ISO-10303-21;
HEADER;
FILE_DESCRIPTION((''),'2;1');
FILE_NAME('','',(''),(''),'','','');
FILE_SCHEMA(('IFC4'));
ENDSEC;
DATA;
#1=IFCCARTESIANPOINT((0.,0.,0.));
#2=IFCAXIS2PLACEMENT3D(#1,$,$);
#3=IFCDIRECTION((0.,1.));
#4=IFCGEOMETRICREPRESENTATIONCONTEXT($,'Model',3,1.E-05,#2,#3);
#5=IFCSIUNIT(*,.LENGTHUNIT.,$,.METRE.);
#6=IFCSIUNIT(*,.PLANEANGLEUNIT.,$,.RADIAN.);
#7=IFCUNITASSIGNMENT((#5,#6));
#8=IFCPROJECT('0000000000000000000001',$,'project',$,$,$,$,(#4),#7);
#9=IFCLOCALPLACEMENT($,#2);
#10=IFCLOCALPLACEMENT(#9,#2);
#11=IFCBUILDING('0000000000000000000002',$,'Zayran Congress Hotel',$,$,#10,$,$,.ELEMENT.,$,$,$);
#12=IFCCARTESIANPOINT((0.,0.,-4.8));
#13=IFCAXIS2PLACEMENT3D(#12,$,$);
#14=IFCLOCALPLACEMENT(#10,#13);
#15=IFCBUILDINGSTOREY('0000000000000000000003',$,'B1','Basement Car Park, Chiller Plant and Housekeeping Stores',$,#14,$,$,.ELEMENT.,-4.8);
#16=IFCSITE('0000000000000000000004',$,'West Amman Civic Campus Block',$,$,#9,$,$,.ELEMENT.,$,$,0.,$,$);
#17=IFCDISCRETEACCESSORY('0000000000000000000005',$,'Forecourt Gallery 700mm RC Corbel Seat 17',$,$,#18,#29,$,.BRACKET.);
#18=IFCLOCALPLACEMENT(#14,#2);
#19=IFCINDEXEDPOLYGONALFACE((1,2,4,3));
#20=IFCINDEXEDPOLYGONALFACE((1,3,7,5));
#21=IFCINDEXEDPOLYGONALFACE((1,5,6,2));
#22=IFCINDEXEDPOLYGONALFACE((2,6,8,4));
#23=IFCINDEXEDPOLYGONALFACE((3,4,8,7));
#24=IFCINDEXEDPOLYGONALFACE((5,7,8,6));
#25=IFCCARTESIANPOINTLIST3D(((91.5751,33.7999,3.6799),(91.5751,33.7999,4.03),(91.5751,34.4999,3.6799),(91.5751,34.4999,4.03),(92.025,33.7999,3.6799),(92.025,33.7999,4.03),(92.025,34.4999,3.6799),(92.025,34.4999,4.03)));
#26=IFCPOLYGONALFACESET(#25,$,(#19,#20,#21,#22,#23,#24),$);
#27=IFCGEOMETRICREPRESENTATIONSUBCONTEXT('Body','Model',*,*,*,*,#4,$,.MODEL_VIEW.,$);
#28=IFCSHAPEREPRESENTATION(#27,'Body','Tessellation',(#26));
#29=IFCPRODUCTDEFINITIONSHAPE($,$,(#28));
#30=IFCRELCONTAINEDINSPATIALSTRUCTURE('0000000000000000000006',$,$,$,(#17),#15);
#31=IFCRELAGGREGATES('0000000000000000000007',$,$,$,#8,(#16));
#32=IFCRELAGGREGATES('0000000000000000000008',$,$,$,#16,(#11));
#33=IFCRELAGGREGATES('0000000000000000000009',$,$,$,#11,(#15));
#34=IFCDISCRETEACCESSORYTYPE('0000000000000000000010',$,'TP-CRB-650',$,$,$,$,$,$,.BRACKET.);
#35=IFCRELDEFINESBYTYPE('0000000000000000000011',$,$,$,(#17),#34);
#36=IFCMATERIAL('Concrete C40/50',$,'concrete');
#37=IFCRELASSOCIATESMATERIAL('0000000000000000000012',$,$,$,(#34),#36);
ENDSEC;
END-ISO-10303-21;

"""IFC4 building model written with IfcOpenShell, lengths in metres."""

from ifc_helpers import new_model, si_unit, direction, frame, origin, origin_2d, place, context, subcontext, project, spatial, rectangle, extrude, material, type_object, element, save


model = new_model("IFC4")

# Units and contexts
model_context = context("Model", 3, precision=1e-05, world=origin(), true_north=direction((0.0, 1.0)))
body_context = subcontext(model_context, "Body", "Model", "MODEL_VIEW")
ifc_project = project(units=[si_unit("LENGTHUNIT", "METRE"), si_unit("PLANEANGLEUNIT", "RADIAN")], contexts=[model_context])

# Site, building, storey
site_placement = place(None, origin())
site = spatial("IfcSite", under=ifc_project, at=site_placement, Name="West Amman Civic Campus Block", CompositionType="ELEMENT", RefElevation=0.0)
building_placement = place(site_placement, origin())
building = spatial("IfcBuilding", under=site, at=building_placement, Name="Zayran Congress Hotel", CompositionType="ELEMENT")
storey_placement = place(building_placement, frame((0.0, 0.0, -4.8)))
storey = spatial("IfcBuildingStorey", under=building, at=storey_placement, Name="B1", Description="Basement Car Park, Chiller Plant and Housekeeping Stores", CompositionType="ELEMENT", Elevation=-4.8)

# Shared definitions
ifc_material_1 = material(Name="Concrete C40/50", Category="concrete")

# Discrete accessory
discrete_accessory_type = type_object("IfcDiscreteAccessoryType", Name="TP-CRB-650", PredefinedType="BRACKET", material=ifc_material_1)
discrete_accessory_placement = place(storey_placement, frame((91.8, 34.1499, 3.6799), z_axis=(0.0, 0.0, 1.0), x_axis=(0.0, 1.0, 0.0)))
element("IfcDiscreteAccessory", 1, at=discrete_accessory_placement, inside=storey, type_object=discrete_accessory_type, Name="Forecourt Gallery 700mm RC Corbel Seat 17", PredefinedType="BRACKET", context=body_context, shape_type="SweptSolid", body=[
    extrude(rectangle(XDim=0.7, YDim=0.45, at=origin_2d()), origin(), (0.0, 0.0, 1.0), 0.3501),
])

save(model, "model.ifc")
